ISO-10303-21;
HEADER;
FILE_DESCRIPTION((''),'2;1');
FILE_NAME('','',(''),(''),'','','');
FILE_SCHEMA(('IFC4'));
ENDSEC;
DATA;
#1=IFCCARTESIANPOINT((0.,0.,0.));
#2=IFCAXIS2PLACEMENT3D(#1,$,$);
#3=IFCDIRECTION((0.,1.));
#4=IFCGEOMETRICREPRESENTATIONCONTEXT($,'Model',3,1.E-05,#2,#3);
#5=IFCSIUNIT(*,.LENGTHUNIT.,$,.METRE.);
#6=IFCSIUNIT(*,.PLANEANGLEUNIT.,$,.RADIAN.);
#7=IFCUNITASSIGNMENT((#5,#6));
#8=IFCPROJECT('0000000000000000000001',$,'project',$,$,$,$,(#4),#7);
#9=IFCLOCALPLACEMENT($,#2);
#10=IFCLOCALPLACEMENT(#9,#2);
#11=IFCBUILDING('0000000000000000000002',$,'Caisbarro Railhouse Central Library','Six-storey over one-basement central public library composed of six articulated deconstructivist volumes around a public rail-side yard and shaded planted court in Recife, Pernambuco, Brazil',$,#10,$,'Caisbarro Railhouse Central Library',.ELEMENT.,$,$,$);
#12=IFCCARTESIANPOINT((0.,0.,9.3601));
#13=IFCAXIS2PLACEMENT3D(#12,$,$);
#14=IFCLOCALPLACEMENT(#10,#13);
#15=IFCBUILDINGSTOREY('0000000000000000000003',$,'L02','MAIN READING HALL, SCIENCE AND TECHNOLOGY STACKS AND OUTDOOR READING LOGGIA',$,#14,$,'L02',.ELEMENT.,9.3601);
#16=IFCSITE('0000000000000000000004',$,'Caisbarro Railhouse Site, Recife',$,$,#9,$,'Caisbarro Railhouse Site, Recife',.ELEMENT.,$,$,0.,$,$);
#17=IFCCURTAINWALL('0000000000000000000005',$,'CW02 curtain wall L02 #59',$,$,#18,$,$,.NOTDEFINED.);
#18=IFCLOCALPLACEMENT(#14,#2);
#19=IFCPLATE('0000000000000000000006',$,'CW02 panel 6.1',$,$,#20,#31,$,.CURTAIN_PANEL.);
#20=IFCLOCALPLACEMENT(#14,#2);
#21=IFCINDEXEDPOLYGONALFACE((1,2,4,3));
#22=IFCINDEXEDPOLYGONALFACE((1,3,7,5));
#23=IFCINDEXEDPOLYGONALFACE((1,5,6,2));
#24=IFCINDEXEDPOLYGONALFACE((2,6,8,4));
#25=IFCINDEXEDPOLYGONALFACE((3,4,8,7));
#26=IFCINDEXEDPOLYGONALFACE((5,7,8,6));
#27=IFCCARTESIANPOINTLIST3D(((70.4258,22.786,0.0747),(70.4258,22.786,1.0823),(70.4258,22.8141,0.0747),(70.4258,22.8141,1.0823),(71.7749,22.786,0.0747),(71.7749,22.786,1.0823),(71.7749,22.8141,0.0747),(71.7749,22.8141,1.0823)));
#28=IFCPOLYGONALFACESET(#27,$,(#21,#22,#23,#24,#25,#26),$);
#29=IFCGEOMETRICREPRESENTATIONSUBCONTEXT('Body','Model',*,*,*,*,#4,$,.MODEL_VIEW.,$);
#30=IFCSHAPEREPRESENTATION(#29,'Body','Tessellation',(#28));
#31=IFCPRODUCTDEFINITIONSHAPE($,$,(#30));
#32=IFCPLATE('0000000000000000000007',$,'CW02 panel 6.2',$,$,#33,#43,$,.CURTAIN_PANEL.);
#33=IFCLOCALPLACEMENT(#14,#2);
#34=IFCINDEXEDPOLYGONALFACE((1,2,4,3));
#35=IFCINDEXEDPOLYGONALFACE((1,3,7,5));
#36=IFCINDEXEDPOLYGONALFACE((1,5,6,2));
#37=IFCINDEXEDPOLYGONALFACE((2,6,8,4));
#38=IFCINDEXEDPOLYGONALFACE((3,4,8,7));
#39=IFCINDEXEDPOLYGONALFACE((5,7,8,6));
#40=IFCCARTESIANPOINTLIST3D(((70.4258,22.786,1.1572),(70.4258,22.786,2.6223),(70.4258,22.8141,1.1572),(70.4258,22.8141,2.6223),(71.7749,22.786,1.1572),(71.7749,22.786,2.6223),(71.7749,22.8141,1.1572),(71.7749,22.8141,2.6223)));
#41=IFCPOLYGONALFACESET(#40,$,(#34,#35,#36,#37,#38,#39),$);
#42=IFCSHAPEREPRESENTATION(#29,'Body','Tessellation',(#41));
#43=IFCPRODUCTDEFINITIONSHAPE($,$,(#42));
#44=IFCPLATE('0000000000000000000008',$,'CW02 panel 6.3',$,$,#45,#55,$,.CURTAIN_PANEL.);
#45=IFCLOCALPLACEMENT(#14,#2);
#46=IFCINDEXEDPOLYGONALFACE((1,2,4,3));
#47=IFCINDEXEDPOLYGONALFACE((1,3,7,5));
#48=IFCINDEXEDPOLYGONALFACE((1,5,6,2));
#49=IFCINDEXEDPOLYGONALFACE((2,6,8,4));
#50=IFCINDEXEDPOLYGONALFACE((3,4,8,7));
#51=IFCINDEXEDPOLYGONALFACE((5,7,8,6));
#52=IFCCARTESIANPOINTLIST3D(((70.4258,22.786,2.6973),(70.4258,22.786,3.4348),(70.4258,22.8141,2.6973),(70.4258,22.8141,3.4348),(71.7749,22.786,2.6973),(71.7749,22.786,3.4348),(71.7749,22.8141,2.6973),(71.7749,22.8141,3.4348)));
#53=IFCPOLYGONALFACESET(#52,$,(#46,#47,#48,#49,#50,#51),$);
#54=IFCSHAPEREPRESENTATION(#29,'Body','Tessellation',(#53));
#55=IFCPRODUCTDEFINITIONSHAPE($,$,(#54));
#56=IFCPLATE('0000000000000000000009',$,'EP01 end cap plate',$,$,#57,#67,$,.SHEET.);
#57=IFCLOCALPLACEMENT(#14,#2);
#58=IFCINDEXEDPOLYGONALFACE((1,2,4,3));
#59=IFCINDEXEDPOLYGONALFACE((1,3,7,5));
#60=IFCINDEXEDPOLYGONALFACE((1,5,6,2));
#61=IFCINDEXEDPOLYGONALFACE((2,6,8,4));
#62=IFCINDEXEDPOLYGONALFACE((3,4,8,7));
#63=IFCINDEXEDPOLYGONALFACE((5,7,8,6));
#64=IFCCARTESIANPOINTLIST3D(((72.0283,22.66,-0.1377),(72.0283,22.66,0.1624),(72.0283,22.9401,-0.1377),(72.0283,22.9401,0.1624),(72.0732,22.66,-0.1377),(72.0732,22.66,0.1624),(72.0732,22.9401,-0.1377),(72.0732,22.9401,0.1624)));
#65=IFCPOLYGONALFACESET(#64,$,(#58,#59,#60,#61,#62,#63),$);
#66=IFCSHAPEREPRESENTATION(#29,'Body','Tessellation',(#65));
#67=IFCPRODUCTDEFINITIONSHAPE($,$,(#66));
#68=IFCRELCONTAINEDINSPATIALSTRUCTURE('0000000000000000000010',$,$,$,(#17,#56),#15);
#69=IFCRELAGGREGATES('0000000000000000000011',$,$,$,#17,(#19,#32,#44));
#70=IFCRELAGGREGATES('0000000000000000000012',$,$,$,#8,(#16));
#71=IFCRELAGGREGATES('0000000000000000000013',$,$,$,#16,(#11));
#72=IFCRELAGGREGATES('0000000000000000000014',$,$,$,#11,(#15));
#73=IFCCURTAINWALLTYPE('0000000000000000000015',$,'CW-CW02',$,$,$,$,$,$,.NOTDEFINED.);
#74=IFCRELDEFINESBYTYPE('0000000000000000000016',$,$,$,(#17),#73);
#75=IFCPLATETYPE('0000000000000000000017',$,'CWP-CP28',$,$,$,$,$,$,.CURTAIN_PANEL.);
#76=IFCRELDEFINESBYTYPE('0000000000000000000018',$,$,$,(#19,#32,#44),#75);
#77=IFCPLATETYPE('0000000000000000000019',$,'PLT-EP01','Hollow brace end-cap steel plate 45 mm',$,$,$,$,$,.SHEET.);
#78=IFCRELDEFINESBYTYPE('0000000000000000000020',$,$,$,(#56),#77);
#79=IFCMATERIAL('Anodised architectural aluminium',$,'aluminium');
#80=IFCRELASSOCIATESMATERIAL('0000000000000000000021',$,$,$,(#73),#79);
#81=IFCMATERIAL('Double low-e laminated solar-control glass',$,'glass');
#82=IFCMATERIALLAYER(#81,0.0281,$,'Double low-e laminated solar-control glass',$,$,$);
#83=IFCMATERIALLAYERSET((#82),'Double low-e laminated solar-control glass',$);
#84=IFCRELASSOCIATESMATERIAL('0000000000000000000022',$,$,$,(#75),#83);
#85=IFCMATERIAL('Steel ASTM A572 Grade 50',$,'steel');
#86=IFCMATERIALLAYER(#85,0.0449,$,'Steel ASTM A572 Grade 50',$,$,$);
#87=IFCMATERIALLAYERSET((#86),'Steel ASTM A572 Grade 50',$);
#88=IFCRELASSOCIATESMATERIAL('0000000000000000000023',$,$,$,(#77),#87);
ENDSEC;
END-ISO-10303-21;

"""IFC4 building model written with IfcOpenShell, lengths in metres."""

from ifc_helpers import new_model, si_unit, direction, frame, origin, origin_2d, place, context, subcontext, project, spatial, rectangle, extrude, material, layer, layer_set, type_object, element, aggregate, save


model = new_model("IFC4")

# Units and contexts
model_context = context("Model", 3, precision=1e-05, world=origin(), true_north=direction((0.0, 1.0)))
body_context = subcontext(model_context, "Body", "Model", "MODEL_VIEW")
ifc_project = project(units=[si_unit("LENGTHUNIT", "METRE"), si_unit("PLANEANGLEUNIT", "RADIAN")], contexts=[model_context])

# Site, building, storey
site_placement = place(None, origin())
site = spatial("IfcSite", under=ifc_project, at=site_placement, Name="Caisbarro Railhouse Site, Recife", LongName="Caisbarro Railhouse Site, Recife", CompositionType="ELEMENT", RefElevation=0.0)
building_placement = place(site_placement, origin())
building = spatial("IfcBuilding", under=site, at=building_placement, Name="Caisbarro Railhouse Central Library", Description="Six-storey over one-basement central public library composed of six articulated deconstructivist volumes around a public rail-side yard and shaded planted court in Recife, Pernambuco, Brazil", LongName="Caisbarro Railhouse Central Library", CompositionType="ELEMENT")
storey_placement = place(building_placement, frame((0.0, 0.0, 9.3601)))
storey = spatial("IfcBuildingStorey", under=building, at=storey_placement, Name="L02", Description="MAIN READING HALL, SCIENCE AND TECHNOLOGY STACKS AND OUTDOOR READING LOGGIA", LongName="L02", CompositionType="ELEMENT", Elevation=9.3601)

# Shared definitions
ifc_material_1 = material(Name="Steel ASTM A572 Grade 50", Category="steel")

# Curtain wall
ifc_material_2 = material(Name="Anodised architectural aluminium", Category="aluminium")
curtain_wall_type = type_object("IfcCurtainWallType", Name="CW-CW02", PredefinedType="NOTDEFINED", material=ifc_material_2)
curtain_wall_placement = place(storey_placement, origin())
curtain_wall = element("IfcCurtainWall", 1, at=curtain_wall_placement, inside=storey, type_object=curtain_wall_type, Name="CW02 curtain wall L02 #59", PredefinedType="NOTDEFINED")

# Plates
ifc_material_3 = material(Name="Double low-e laminated solar-control glass", Category="glass")
ifc_layer_1 = layer(ifc_material_3, 0.0281, Name="Double low-e laminated solar-control glass")
ifc_layer_set_1 = layer_set([ifc_layer_1], Name="Double low-e laminated solar-control glass")
plate_type_1 = type_object("IfcPlateType", Name="CWP-CP28", PredefinedType="CURTAIN_PANEL", material=ifc_layer_set_1)
plate_1_placement = place(storey_placement, frame((71.1003, 22.8, 0.0747), z_axis=(0.0, 0.0, 1.0), x_axis=(1.0, 0.0, 0.0)))
plate_1 = element("IfcPlate", 2, at=plate_1_placement, type_object=plate_type_1, Name="CW02 panel 6.1", PredefinedType="CURTAIN_PANEL", context=body_context, shape_type="SweptSolid", body=[
    extrude(rectangle(XDim=1.3491, YDim=0.0281, at=origin_2d()), origin(), (0.0, 0.0, 1.0), 1.0076),
])
plate_2_placement = place(storey_placement, frame((71.1003, 22.8, 1.1572), z_axis=(0.0, 0.0, 1.0), x_axis=(1.0, 0.0, 0.0)))
plate_2 = element("IfcPlate", 3, at=plate_2_placement, type_object=plate_type_1, Name="CW02 panel 6.2", PredefinedType="CURTAIN_PANEL", context=body_context, shape_type="SweptSolid", body=[
    extrude(rectangle(XDim=1.3491, YDim=0.0281, at=origin_2d()), origin(), (0.0, 0.0, 1.0), 1.4651),
])
plate_3_placement = place(storey_placement, frame((71.1003, 22.8, 2.6973), z_axis=(0.0, 0.0, 1.0), x_axis=(1.0, 0.0, 0.0)))
plate_3 = element("IfcPlate", 4, at=plate_3_placement, type_object=plate_type_1, Name="CW02 panel 6.3", PredefinedType="CURTAIN_PANEL", context=body_context, shape_type="SweptSolid", body=[
    extrude(rectangle(XDim=1.3491, YDim=0.0281, at=origin_2d()), origin(), (0.0, 0.0, 1.0), 0.7375),
])
aggregate(curtain_wall, [plate_1, plate_2, plate_3])
ifc_layer_2 = layer(ifc_material_1, 0.0449, Name="Steel ASTM A572 Grade 50")
ifc_layer_set_2 = layer_set([ifc_layer_2], Name="Steel ASTM A572 Grade 50")
plate_type_2 = type_object("IfcPlateType", Name="PLT-EP01", Description="Hollow brace end-cap steel plate 45 mm", PredefinedType="SHEET", material=ifc_layer_set_2)
plate_4_placement = place(storey_placement, frame((72.0508, 22.8, -0.1377), z_axis=(0.0, 0.0, 1.0), x_axis=(1.0, 0.0, 0.0)))
element("IfcPlate", 5, at=plate_4_placement, inside=storey, type_object=plate_type_2, Name="EP01 end cap plate", PredefinedType="SHEET", context=body_context, shape_type="SweptSolid", body=[
    extrude(rectangle(XDim=0.0449, YDim=0.28, at=origin_2d()), origin(), (0.0, 0.0, 1.0), 0.3),
])

save(model, "model.ifc")
